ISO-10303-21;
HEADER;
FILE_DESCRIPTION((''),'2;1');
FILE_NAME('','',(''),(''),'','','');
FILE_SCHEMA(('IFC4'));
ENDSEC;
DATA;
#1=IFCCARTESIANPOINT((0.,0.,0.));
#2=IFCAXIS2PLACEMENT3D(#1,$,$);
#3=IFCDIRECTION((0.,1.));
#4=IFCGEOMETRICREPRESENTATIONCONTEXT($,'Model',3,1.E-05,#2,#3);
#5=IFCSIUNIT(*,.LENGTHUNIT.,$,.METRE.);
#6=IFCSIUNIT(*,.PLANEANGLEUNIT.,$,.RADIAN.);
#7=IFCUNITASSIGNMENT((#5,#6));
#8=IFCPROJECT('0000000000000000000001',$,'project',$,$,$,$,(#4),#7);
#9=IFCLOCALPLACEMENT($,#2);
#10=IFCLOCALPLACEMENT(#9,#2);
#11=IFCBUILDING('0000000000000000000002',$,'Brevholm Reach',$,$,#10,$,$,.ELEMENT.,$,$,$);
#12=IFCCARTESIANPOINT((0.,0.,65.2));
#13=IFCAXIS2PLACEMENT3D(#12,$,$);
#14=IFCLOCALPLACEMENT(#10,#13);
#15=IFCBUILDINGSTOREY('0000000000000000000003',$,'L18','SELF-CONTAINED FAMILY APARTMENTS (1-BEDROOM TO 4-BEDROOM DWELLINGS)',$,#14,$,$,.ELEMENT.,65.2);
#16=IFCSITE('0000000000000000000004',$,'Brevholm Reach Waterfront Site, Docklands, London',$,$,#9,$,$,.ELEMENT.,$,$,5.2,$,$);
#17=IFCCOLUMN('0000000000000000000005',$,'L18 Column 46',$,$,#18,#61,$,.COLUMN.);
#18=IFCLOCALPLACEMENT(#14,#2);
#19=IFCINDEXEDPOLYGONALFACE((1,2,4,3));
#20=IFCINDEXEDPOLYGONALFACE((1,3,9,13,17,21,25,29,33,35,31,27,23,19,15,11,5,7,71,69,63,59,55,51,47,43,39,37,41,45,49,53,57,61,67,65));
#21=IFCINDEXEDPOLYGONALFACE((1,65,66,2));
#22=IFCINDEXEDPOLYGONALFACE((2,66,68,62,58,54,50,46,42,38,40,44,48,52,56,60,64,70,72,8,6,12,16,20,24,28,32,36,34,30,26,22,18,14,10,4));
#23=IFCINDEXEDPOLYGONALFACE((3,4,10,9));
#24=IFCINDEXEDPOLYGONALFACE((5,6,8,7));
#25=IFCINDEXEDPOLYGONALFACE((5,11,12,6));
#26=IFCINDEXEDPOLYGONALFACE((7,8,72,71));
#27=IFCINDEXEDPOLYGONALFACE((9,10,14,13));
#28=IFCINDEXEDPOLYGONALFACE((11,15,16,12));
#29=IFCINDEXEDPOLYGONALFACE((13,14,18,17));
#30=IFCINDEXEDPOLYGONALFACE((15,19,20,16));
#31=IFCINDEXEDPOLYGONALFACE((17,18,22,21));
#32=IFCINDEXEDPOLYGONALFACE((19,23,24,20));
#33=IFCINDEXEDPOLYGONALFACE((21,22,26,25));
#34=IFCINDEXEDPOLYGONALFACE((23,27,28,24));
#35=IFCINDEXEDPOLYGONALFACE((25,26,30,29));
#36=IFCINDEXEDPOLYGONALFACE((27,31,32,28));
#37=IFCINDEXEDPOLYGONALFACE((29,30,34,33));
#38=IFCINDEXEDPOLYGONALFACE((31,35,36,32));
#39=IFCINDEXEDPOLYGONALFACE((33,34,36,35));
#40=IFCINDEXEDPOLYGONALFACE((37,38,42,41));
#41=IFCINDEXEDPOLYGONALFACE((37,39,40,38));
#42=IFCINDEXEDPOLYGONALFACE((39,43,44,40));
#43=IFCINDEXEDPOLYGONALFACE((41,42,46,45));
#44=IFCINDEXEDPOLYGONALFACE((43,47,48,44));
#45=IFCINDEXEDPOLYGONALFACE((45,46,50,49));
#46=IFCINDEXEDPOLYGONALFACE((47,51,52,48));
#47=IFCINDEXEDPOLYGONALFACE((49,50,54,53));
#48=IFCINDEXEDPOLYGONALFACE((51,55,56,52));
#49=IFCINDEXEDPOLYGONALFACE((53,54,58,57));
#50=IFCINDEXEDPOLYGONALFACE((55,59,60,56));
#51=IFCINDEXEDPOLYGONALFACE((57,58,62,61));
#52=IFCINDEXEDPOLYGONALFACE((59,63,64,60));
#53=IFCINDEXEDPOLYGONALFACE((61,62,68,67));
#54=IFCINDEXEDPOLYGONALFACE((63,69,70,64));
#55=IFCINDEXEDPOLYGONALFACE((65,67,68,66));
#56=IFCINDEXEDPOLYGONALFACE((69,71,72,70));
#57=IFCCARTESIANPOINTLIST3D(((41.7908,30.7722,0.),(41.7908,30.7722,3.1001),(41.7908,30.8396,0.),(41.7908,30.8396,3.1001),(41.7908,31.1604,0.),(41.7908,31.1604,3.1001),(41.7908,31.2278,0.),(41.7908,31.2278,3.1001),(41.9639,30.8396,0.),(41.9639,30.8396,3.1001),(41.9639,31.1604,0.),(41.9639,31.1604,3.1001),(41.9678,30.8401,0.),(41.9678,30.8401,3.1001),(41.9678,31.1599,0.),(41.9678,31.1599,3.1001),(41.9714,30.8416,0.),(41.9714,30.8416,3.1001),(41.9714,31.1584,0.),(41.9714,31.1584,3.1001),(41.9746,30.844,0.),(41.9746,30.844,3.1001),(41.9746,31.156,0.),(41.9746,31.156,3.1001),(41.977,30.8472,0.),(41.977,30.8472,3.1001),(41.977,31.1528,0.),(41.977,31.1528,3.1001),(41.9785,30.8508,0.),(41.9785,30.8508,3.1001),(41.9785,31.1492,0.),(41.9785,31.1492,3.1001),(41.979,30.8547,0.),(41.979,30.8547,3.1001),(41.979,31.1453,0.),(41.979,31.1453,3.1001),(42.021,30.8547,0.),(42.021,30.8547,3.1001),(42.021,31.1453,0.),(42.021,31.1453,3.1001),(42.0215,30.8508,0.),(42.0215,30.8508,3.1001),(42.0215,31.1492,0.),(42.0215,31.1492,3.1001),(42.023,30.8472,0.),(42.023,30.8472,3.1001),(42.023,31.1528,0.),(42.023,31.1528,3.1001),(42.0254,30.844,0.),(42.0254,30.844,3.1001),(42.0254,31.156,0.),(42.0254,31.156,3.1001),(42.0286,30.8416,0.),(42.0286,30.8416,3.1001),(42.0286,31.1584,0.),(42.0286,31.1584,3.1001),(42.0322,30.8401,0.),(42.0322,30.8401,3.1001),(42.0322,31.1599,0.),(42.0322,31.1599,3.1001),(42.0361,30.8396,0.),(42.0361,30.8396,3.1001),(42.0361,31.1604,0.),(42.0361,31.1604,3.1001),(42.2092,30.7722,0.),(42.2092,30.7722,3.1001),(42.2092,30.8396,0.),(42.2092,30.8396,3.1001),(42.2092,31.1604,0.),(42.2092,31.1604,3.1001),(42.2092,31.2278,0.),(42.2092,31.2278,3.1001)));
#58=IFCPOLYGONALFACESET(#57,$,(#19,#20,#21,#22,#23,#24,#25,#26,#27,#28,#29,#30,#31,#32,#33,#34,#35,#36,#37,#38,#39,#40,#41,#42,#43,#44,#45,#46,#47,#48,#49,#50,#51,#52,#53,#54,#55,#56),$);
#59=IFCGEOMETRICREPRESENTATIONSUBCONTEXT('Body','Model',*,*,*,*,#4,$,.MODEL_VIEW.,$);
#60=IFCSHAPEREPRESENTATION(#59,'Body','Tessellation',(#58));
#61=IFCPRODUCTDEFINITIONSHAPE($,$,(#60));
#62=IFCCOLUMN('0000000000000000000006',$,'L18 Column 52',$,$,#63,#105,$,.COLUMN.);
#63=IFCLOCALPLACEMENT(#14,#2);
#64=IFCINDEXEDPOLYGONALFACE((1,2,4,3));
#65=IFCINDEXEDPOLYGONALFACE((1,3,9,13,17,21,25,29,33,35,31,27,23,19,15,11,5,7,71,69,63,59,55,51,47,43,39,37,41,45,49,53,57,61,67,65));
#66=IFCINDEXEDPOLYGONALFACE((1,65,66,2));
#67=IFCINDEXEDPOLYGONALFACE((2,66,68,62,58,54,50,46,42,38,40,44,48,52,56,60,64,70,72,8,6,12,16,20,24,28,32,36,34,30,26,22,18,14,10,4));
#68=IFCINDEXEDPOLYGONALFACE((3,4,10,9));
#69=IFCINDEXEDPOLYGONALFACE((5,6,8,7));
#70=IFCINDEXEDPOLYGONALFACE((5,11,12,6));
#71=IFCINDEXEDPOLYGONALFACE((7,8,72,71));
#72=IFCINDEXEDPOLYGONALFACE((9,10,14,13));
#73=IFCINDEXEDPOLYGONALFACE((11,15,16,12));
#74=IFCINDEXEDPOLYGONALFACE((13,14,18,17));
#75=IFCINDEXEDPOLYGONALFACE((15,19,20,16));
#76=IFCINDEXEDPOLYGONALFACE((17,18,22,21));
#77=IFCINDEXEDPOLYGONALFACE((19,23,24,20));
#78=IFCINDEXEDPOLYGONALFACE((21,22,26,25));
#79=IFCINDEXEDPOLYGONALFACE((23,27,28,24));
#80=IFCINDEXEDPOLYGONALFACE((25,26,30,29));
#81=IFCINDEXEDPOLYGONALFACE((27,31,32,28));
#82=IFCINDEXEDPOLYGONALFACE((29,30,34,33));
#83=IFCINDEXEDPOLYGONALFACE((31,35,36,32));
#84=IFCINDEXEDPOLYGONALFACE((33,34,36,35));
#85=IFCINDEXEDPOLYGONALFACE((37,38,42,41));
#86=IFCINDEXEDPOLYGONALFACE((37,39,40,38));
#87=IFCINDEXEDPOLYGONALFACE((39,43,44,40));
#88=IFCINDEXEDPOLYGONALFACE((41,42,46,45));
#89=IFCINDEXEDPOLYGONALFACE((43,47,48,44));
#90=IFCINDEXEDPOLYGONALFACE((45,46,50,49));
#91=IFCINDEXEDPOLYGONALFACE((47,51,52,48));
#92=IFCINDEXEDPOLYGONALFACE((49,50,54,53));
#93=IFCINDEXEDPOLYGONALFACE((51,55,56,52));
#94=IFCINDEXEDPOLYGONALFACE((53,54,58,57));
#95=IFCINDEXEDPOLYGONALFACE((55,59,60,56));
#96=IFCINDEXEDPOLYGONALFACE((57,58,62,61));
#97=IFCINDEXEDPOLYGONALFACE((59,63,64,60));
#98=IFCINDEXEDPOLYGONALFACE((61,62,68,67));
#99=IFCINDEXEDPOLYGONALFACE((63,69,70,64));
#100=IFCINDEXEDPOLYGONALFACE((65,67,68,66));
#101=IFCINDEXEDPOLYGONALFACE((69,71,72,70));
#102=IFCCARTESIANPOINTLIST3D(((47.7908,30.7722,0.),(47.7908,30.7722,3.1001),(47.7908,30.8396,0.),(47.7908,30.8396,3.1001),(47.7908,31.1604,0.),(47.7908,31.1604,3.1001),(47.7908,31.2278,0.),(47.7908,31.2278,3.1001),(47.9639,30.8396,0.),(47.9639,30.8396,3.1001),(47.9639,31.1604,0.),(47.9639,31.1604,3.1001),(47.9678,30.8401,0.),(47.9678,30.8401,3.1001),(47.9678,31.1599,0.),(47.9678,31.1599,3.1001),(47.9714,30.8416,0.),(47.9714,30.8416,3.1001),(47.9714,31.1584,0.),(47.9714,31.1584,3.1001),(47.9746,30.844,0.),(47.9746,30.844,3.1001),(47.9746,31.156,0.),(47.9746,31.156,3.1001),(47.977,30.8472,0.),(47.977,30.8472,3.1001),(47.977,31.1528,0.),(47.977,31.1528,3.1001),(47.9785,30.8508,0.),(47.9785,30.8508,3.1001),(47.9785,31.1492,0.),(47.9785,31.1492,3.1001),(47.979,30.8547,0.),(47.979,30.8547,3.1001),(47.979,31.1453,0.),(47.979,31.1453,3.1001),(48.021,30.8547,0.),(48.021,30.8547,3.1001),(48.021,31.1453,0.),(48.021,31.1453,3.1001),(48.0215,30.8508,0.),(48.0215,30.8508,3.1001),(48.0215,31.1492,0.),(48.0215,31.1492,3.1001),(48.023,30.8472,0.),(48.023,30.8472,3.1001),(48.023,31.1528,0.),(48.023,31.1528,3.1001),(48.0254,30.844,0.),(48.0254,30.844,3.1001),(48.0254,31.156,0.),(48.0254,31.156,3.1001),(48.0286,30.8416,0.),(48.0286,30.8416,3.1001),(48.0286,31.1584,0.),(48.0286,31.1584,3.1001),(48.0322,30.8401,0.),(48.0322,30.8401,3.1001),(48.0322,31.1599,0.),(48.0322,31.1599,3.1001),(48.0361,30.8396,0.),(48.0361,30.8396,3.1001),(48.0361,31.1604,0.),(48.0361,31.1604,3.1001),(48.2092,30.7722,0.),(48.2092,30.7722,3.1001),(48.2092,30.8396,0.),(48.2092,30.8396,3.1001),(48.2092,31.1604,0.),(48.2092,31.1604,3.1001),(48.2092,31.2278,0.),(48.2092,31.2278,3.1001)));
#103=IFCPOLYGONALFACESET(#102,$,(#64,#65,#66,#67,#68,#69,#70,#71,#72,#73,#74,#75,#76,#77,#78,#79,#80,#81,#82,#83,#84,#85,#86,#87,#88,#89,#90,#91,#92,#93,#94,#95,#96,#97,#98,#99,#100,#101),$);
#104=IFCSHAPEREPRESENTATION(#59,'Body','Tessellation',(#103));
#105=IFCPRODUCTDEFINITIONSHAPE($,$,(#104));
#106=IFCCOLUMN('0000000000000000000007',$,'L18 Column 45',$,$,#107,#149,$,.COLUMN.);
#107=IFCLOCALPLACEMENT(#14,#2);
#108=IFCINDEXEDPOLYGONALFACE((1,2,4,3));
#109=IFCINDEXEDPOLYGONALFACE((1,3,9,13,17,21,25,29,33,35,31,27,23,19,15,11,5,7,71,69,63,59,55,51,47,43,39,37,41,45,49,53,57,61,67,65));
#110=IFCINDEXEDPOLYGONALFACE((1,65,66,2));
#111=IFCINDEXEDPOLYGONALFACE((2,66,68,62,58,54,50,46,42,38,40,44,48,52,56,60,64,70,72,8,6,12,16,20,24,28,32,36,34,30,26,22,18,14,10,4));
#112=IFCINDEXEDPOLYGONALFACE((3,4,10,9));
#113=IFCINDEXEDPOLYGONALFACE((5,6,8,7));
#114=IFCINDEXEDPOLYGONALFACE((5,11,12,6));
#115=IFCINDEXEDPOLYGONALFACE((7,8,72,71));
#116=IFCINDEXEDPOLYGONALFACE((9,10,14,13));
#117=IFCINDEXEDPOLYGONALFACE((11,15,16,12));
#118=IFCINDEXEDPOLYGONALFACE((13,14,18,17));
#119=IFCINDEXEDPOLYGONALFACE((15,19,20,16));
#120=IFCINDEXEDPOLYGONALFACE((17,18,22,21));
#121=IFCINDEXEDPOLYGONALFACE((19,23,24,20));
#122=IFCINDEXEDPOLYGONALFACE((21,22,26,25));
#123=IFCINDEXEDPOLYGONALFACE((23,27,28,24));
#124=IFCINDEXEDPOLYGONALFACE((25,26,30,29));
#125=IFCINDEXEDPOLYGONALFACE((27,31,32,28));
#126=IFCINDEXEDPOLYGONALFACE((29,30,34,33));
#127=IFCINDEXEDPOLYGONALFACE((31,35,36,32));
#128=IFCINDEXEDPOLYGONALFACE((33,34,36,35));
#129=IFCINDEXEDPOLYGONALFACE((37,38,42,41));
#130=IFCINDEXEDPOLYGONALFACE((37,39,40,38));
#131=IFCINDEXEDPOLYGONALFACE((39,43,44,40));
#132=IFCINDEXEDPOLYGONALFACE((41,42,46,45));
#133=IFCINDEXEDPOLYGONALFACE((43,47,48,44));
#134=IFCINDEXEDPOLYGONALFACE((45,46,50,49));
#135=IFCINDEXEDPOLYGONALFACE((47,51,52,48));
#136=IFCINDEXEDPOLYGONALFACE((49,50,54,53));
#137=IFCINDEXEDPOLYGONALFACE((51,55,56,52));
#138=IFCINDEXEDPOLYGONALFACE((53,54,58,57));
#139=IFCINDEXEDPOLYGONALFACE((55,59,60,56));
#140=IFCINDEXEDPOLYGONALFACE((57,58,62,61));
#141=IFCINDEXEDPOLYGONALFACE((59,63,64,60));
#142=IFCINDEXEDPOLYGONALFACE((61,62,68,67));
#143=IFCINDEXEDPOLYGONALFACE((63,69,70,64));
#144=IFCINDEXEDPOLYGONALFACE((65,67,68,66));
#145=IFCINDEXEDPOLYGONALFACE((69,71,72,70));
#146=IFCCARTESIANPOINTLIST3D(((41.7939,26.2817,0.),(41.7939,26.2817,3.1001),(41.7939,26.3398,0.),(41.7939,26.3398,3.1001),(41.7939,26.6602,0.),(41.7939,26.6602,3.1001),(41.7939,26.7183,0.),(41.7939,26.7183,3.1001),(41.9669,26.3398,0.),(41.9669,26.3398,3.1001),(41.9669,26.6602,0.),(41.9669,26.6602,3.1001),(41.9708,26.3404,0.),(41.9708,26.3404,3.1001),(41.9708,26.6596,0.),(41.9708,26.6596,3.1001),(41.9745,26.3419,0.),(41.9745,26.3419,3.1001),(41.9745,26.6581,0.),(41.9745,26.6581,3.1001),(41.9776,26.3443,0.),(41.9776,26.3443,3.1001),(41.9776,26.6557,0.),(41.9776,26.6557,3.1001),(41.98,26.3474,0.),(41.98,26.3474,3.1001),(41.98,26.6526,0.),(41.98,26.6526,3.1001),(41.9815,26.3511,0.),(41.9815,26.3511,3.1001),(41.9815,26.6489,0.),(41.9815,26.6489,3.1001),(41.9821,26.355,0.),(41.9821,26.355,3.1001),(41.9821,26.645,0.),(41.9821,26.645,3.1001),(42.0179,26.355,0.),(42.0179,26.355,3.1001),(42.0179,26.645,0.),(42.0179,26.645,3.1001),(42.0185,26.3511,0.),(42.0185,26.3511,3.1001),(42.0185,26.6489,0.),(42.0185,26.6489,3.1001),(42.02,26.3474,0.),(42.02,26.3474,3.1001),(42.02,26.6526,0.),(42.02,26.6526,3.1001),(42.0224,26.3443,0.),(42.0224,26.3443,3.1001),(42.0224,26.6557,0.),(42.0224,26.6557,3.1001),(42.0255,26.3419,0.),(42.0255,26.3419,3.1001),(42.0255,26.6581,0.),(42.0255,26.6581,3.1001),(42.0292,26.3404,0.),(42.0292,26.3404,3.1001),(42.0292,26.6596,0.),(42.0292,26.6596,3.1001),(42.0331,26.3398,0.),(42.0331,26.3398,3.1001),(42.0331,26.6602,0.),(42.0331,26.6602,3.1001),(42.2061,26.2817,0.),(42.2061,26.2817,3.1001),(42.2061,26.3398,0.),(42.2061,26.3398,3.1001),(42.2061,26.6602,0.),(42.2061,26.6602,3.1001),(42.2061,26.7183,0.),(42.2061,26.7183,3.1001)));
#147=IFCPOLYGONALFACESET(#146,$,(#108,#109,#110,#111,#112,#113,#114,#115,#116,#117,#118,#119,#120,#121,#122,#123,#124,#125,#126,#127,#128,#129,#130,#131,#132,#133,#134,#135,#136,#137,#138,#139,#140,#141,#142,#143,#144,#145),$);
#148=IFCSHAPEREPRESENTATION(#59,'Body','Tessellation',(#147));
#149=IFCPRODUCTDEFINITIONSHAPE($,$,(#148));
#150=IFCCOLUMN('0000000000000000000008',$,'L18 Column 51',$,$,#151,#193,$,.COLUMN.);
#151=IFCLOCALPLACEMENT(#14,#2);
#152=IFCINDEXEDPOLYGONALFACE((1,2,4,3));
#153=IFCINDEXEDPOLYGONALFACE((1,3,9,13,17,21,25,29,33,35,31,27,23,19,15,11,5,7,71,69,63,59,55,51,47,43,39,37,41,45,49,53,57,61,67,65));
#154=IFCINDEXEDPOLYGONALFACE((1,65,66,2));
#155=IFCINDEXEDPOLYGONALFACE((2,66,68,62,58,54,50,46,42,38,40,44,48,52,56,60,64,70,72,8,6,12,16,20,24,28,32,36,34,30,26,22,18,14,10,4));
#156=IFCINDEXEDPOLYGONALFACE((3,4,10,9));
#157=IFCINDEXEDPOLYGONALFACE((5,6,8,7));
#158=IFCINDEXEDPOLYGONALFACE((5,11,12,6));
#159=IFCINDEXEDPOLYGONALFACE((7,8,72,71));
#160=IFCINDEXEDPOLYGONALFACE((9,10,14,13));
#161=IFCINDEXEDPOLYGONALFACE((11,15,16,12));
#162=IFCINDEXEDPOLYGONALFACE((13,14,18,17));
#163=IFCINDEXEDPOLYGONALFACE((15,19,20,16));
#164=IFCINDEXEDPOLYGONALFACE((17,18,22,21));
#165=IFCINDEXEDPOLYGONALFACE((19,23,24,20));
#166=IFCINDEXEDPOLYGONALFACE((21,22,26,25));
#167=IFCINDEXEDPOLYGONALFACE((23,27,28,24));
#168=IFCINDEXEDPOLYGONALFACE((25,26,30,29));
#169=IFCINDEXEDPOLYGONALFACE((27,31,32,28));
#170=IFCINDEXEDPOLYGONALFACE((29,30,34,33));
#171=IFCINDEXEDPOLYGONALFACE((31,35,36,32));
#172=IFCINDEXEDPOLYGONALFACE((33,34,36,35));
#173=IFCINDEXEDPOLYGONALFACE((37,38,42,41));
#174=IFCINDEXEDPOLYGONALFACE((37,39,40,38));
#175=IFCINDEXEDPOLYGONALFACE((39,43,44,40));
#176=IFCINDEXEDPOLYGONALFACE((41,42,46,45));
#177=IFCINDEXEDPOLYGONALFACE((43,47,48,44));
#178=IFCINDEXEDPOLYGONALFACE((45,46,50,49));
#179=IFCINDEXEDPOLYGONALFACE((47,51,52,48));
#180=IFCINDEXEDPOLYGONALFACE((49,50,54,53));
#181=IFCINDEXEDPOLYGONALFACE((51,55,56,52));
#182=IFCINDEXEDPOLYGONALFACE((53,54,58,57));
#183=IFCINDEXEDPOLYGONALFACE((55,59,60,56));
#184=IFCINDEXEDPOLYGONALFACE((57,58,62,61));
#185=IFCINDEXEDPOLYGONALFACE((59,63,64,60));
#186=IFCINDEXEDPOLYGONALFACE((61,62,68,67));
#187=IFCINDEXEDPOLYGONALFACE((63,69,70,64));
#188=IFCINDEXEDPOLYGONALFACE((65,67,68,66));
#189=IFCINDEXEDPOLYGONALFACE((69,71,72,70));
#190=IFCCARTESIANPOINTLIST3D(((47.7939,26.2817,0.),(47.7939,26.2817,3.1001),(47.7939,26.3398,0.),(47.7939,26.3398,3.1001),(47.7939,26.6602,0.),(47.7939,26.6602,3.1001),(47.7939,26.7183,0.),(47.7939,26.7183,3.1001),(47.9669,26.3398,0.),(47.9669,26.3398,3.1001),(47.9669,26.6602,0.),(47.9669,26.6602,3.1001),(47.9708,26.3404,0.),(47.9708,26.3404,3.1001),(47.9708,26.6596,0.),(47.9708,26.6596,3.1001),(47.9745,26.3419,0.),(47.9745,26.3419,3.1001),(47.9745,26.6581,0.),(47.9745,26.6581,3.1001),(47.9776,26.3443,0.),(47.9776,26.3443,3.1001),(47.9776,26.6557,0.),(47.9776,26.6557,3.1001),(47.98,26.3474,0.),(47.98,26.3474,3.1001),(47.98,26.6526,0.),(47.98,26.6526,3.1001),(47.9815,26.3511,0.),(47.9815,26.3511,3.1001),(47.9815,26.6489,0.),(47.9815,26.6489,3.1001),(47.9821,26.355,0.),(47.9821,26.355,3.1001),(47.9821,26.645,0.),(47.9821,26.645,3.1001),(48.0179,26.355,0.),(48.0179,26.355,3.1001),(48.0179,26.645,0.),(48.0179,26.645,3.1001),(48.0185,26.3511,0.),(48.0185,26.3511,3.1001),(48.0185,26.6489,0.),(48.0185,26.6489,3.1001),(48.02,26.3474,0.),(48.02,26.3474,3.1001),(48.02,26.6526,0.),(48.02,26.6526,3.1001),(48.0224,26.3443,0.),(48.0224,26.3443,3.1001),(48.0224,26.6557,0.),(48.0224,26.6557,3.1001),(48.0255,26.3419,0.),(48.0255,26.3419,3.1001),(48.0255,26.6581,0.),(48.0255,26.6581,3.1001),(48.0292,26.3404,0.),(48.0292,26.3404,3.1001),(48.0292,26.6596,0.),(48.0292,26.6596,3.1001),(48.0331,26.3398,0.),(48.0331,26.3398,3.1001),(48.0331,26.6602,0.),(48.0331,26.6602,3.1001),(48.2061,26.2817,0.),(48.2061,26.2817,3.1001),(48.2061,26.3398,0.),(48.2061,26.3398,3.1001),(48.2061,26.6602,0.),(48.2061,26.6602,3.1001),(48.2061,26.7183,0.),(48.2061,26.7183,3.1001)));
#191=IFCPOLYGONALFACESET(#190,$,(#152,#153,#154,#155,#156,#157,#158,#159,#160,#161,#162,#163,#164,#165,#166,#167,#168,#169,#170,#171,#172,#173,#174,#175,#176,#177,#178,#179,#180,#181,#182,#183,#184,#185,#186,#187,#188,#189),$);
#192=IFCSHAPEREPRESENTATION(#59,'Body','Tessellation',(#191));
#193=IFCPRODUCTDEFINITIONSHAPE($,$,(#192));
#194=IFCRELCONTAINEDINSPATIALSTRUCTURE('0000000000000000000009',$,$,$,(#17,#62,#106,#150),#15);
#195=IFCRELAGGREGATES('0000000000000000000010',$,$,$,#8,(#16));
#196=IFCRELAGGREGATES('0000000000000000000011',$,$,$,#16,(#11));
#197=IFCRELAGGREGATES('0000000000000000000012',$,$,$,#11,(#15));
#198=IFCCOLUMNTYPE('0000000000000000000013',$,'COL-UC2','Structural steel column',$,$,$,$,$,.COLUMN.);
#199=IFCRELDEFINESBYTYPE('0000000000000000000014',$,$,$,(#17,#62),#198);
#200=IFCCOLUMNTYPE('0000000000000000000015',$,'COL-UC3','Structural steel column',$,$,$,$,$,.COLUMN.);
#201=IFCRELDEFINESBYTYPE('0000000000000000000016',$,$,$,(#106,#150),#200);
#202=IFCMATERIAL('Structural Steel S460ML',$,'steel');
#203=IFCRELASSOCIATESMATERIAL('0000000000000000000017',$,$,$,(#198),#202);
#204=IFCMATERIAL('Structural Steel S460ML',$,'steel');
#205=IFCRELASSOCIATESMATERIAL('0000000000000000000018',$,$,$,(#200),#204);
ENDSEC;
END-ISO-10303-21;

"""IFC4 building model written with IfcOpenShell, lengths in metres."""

from ifc_helpers import new_model, si_unit, direction, frame, origin, origin_2d, place, context, subcontext, project, spatial, i_section, extrude, material, material_profile, profile_set, type_object, element, save


model = new_model("IFC4")

# Units and contexts
model_context = context("Model", 3, precision=1e-05, world=origin(), true_north=direction((0.0, 1.0)))
body_context = subcontext(model_context, "Body", "Model", "MODEL_VIEW")
ifc_project = project(units=[si_unit("LENGTHUNIT", "METRE"), si_unit("PLANEANGLEUNIT", "RADIAN")], contexts=[model_context])

# Site, building, storey
site_placement = place(None, origin())
site = spatial("IfcSite", under=ifc_project, at=site_placement, Name="Brevholm Reach Waterfront Site, Docklands, London", CompositionType="ELEMENT", RefElevation=5.2)
building_placement = place(site_placement, origin())
building = spatial("IfcBuilding", under=site, at=building_placement, Name="Brevholm Reach", CompositionType="ELEMENT")
storey_placement = place(building_placement, frame((0.0, 0.0, 65.2)))
storey = spatial("IfcBuildingStorey", under=building, at=storey_placement, Name="L18", Description="SELF-CONTAINED FAMILY APARTMENTS (1-BEDROOM TO 4-BEDROOM DWELLINGS)", CompositionType="ELEMENT", Elevation=65.2)

# Columns
ifc_material_1 = material(Name="Structural Steel S460ML", Category="steel")
ifc_material_profile_1 = material_profile(ifc_material_1, i_section(OverallWidth=0.4185, OverallDepth=0.4556, WebThickness=0.042, FlangeThickness=0.0674, FilletRadius=0.0151, at=origin_2d()), Name="UKC 356x406x551")
ifc_profile_set_1 = profile_set([ifc_material_profile_1], Name="Structural Steel S460ML")
column_type_1 = type_object("IfcColumnType", Name="COL-UC2", Description="Structural steel column", PredefinedType="COLUMN", material=ifc_profile_set_1)
for number, where, z_axis, x_axis, name in (
    (1, (42.0, 31.0, 0.0), (0.0, 0.0, 1.0), (1.0, 0.0, 0.0), "L18 Column 46"),
    (2, (48.0, 31.0, 0.0), (0.0, 0.0, 1.0), (1.0, 0.0, 0.0), "L18 Column 52"),
):
    element("IfcColumn", number, at=place(storey_placement, frame(where, z_axis=z_axis, x_axis=x_axis)), inside=storey, type_object=column_type_1, Name=name, PredefinedType="COLUMN", context=body_context, shape_type="SweptSolid", body=[
        extrude(i_section(OverallWidth=0.4185, OverallDepth=0.4556, WebThickness=0.042, FlangeThickness=0.0674, FilletRadius=0.0151, at=origin_2d()), origin(), (0.0, 0.0, 1.0), 3.1001),
    ])
ifc_material_2 = material(Name="Structural Steel S460ML", Category="steel")
ifc_material_profile_2 = material_profile(ifc_material_2, i_section(OverallWidth=0.4121, OverallDepth=0.4365, WebThickness=0.0359, FlangeThickness=0.0581, FilletRadius=0.0151, at=origin_2d()), Name="UKC 356x406x467")
ifc_profile_set_2 = profile_set([ifc_material_profile_2], Name="Structural Steel S460ML")
column_type_2 = type_object("IfcColumnType", Name="COL-UC3", Description="Structural steel column", PredefinedType="COLUMN", material=ifc_profile_set_2)
for number, where, z_axis, x_axis, name in (
    (3, (42.0, 26.5, 0.0), (0.0, 0.0, 1.0), (1.0, 0.0, 0.0), "L18 Column 45"),
    (4, (48.0, 26.5, 0.0), (0.0, 0.0, 1.0), (1.0, 0.0, 0.0), "L18 Column 51"),
):
    element("IfcColumn", number, at=place(storey_placement, frame(where, z_axis=z_axis, x_axis=x_axis)), inside=storey, type_object=column_type_2, Name=name, PredefinedType="COLUMN", context=body_context, shape_type="SweptSolid", body=[
        extrude(i_section(OverallWidth=0.4121, OverallDepth=0.4365, WebThickness=0.0359, FlangeThickness=0.0581, FilletRadius=0.0151, at=origin_2d()), origin(), (0.0, 0.0, 1.0), 3.1001),
    ])

save(model, "model.ifc")
